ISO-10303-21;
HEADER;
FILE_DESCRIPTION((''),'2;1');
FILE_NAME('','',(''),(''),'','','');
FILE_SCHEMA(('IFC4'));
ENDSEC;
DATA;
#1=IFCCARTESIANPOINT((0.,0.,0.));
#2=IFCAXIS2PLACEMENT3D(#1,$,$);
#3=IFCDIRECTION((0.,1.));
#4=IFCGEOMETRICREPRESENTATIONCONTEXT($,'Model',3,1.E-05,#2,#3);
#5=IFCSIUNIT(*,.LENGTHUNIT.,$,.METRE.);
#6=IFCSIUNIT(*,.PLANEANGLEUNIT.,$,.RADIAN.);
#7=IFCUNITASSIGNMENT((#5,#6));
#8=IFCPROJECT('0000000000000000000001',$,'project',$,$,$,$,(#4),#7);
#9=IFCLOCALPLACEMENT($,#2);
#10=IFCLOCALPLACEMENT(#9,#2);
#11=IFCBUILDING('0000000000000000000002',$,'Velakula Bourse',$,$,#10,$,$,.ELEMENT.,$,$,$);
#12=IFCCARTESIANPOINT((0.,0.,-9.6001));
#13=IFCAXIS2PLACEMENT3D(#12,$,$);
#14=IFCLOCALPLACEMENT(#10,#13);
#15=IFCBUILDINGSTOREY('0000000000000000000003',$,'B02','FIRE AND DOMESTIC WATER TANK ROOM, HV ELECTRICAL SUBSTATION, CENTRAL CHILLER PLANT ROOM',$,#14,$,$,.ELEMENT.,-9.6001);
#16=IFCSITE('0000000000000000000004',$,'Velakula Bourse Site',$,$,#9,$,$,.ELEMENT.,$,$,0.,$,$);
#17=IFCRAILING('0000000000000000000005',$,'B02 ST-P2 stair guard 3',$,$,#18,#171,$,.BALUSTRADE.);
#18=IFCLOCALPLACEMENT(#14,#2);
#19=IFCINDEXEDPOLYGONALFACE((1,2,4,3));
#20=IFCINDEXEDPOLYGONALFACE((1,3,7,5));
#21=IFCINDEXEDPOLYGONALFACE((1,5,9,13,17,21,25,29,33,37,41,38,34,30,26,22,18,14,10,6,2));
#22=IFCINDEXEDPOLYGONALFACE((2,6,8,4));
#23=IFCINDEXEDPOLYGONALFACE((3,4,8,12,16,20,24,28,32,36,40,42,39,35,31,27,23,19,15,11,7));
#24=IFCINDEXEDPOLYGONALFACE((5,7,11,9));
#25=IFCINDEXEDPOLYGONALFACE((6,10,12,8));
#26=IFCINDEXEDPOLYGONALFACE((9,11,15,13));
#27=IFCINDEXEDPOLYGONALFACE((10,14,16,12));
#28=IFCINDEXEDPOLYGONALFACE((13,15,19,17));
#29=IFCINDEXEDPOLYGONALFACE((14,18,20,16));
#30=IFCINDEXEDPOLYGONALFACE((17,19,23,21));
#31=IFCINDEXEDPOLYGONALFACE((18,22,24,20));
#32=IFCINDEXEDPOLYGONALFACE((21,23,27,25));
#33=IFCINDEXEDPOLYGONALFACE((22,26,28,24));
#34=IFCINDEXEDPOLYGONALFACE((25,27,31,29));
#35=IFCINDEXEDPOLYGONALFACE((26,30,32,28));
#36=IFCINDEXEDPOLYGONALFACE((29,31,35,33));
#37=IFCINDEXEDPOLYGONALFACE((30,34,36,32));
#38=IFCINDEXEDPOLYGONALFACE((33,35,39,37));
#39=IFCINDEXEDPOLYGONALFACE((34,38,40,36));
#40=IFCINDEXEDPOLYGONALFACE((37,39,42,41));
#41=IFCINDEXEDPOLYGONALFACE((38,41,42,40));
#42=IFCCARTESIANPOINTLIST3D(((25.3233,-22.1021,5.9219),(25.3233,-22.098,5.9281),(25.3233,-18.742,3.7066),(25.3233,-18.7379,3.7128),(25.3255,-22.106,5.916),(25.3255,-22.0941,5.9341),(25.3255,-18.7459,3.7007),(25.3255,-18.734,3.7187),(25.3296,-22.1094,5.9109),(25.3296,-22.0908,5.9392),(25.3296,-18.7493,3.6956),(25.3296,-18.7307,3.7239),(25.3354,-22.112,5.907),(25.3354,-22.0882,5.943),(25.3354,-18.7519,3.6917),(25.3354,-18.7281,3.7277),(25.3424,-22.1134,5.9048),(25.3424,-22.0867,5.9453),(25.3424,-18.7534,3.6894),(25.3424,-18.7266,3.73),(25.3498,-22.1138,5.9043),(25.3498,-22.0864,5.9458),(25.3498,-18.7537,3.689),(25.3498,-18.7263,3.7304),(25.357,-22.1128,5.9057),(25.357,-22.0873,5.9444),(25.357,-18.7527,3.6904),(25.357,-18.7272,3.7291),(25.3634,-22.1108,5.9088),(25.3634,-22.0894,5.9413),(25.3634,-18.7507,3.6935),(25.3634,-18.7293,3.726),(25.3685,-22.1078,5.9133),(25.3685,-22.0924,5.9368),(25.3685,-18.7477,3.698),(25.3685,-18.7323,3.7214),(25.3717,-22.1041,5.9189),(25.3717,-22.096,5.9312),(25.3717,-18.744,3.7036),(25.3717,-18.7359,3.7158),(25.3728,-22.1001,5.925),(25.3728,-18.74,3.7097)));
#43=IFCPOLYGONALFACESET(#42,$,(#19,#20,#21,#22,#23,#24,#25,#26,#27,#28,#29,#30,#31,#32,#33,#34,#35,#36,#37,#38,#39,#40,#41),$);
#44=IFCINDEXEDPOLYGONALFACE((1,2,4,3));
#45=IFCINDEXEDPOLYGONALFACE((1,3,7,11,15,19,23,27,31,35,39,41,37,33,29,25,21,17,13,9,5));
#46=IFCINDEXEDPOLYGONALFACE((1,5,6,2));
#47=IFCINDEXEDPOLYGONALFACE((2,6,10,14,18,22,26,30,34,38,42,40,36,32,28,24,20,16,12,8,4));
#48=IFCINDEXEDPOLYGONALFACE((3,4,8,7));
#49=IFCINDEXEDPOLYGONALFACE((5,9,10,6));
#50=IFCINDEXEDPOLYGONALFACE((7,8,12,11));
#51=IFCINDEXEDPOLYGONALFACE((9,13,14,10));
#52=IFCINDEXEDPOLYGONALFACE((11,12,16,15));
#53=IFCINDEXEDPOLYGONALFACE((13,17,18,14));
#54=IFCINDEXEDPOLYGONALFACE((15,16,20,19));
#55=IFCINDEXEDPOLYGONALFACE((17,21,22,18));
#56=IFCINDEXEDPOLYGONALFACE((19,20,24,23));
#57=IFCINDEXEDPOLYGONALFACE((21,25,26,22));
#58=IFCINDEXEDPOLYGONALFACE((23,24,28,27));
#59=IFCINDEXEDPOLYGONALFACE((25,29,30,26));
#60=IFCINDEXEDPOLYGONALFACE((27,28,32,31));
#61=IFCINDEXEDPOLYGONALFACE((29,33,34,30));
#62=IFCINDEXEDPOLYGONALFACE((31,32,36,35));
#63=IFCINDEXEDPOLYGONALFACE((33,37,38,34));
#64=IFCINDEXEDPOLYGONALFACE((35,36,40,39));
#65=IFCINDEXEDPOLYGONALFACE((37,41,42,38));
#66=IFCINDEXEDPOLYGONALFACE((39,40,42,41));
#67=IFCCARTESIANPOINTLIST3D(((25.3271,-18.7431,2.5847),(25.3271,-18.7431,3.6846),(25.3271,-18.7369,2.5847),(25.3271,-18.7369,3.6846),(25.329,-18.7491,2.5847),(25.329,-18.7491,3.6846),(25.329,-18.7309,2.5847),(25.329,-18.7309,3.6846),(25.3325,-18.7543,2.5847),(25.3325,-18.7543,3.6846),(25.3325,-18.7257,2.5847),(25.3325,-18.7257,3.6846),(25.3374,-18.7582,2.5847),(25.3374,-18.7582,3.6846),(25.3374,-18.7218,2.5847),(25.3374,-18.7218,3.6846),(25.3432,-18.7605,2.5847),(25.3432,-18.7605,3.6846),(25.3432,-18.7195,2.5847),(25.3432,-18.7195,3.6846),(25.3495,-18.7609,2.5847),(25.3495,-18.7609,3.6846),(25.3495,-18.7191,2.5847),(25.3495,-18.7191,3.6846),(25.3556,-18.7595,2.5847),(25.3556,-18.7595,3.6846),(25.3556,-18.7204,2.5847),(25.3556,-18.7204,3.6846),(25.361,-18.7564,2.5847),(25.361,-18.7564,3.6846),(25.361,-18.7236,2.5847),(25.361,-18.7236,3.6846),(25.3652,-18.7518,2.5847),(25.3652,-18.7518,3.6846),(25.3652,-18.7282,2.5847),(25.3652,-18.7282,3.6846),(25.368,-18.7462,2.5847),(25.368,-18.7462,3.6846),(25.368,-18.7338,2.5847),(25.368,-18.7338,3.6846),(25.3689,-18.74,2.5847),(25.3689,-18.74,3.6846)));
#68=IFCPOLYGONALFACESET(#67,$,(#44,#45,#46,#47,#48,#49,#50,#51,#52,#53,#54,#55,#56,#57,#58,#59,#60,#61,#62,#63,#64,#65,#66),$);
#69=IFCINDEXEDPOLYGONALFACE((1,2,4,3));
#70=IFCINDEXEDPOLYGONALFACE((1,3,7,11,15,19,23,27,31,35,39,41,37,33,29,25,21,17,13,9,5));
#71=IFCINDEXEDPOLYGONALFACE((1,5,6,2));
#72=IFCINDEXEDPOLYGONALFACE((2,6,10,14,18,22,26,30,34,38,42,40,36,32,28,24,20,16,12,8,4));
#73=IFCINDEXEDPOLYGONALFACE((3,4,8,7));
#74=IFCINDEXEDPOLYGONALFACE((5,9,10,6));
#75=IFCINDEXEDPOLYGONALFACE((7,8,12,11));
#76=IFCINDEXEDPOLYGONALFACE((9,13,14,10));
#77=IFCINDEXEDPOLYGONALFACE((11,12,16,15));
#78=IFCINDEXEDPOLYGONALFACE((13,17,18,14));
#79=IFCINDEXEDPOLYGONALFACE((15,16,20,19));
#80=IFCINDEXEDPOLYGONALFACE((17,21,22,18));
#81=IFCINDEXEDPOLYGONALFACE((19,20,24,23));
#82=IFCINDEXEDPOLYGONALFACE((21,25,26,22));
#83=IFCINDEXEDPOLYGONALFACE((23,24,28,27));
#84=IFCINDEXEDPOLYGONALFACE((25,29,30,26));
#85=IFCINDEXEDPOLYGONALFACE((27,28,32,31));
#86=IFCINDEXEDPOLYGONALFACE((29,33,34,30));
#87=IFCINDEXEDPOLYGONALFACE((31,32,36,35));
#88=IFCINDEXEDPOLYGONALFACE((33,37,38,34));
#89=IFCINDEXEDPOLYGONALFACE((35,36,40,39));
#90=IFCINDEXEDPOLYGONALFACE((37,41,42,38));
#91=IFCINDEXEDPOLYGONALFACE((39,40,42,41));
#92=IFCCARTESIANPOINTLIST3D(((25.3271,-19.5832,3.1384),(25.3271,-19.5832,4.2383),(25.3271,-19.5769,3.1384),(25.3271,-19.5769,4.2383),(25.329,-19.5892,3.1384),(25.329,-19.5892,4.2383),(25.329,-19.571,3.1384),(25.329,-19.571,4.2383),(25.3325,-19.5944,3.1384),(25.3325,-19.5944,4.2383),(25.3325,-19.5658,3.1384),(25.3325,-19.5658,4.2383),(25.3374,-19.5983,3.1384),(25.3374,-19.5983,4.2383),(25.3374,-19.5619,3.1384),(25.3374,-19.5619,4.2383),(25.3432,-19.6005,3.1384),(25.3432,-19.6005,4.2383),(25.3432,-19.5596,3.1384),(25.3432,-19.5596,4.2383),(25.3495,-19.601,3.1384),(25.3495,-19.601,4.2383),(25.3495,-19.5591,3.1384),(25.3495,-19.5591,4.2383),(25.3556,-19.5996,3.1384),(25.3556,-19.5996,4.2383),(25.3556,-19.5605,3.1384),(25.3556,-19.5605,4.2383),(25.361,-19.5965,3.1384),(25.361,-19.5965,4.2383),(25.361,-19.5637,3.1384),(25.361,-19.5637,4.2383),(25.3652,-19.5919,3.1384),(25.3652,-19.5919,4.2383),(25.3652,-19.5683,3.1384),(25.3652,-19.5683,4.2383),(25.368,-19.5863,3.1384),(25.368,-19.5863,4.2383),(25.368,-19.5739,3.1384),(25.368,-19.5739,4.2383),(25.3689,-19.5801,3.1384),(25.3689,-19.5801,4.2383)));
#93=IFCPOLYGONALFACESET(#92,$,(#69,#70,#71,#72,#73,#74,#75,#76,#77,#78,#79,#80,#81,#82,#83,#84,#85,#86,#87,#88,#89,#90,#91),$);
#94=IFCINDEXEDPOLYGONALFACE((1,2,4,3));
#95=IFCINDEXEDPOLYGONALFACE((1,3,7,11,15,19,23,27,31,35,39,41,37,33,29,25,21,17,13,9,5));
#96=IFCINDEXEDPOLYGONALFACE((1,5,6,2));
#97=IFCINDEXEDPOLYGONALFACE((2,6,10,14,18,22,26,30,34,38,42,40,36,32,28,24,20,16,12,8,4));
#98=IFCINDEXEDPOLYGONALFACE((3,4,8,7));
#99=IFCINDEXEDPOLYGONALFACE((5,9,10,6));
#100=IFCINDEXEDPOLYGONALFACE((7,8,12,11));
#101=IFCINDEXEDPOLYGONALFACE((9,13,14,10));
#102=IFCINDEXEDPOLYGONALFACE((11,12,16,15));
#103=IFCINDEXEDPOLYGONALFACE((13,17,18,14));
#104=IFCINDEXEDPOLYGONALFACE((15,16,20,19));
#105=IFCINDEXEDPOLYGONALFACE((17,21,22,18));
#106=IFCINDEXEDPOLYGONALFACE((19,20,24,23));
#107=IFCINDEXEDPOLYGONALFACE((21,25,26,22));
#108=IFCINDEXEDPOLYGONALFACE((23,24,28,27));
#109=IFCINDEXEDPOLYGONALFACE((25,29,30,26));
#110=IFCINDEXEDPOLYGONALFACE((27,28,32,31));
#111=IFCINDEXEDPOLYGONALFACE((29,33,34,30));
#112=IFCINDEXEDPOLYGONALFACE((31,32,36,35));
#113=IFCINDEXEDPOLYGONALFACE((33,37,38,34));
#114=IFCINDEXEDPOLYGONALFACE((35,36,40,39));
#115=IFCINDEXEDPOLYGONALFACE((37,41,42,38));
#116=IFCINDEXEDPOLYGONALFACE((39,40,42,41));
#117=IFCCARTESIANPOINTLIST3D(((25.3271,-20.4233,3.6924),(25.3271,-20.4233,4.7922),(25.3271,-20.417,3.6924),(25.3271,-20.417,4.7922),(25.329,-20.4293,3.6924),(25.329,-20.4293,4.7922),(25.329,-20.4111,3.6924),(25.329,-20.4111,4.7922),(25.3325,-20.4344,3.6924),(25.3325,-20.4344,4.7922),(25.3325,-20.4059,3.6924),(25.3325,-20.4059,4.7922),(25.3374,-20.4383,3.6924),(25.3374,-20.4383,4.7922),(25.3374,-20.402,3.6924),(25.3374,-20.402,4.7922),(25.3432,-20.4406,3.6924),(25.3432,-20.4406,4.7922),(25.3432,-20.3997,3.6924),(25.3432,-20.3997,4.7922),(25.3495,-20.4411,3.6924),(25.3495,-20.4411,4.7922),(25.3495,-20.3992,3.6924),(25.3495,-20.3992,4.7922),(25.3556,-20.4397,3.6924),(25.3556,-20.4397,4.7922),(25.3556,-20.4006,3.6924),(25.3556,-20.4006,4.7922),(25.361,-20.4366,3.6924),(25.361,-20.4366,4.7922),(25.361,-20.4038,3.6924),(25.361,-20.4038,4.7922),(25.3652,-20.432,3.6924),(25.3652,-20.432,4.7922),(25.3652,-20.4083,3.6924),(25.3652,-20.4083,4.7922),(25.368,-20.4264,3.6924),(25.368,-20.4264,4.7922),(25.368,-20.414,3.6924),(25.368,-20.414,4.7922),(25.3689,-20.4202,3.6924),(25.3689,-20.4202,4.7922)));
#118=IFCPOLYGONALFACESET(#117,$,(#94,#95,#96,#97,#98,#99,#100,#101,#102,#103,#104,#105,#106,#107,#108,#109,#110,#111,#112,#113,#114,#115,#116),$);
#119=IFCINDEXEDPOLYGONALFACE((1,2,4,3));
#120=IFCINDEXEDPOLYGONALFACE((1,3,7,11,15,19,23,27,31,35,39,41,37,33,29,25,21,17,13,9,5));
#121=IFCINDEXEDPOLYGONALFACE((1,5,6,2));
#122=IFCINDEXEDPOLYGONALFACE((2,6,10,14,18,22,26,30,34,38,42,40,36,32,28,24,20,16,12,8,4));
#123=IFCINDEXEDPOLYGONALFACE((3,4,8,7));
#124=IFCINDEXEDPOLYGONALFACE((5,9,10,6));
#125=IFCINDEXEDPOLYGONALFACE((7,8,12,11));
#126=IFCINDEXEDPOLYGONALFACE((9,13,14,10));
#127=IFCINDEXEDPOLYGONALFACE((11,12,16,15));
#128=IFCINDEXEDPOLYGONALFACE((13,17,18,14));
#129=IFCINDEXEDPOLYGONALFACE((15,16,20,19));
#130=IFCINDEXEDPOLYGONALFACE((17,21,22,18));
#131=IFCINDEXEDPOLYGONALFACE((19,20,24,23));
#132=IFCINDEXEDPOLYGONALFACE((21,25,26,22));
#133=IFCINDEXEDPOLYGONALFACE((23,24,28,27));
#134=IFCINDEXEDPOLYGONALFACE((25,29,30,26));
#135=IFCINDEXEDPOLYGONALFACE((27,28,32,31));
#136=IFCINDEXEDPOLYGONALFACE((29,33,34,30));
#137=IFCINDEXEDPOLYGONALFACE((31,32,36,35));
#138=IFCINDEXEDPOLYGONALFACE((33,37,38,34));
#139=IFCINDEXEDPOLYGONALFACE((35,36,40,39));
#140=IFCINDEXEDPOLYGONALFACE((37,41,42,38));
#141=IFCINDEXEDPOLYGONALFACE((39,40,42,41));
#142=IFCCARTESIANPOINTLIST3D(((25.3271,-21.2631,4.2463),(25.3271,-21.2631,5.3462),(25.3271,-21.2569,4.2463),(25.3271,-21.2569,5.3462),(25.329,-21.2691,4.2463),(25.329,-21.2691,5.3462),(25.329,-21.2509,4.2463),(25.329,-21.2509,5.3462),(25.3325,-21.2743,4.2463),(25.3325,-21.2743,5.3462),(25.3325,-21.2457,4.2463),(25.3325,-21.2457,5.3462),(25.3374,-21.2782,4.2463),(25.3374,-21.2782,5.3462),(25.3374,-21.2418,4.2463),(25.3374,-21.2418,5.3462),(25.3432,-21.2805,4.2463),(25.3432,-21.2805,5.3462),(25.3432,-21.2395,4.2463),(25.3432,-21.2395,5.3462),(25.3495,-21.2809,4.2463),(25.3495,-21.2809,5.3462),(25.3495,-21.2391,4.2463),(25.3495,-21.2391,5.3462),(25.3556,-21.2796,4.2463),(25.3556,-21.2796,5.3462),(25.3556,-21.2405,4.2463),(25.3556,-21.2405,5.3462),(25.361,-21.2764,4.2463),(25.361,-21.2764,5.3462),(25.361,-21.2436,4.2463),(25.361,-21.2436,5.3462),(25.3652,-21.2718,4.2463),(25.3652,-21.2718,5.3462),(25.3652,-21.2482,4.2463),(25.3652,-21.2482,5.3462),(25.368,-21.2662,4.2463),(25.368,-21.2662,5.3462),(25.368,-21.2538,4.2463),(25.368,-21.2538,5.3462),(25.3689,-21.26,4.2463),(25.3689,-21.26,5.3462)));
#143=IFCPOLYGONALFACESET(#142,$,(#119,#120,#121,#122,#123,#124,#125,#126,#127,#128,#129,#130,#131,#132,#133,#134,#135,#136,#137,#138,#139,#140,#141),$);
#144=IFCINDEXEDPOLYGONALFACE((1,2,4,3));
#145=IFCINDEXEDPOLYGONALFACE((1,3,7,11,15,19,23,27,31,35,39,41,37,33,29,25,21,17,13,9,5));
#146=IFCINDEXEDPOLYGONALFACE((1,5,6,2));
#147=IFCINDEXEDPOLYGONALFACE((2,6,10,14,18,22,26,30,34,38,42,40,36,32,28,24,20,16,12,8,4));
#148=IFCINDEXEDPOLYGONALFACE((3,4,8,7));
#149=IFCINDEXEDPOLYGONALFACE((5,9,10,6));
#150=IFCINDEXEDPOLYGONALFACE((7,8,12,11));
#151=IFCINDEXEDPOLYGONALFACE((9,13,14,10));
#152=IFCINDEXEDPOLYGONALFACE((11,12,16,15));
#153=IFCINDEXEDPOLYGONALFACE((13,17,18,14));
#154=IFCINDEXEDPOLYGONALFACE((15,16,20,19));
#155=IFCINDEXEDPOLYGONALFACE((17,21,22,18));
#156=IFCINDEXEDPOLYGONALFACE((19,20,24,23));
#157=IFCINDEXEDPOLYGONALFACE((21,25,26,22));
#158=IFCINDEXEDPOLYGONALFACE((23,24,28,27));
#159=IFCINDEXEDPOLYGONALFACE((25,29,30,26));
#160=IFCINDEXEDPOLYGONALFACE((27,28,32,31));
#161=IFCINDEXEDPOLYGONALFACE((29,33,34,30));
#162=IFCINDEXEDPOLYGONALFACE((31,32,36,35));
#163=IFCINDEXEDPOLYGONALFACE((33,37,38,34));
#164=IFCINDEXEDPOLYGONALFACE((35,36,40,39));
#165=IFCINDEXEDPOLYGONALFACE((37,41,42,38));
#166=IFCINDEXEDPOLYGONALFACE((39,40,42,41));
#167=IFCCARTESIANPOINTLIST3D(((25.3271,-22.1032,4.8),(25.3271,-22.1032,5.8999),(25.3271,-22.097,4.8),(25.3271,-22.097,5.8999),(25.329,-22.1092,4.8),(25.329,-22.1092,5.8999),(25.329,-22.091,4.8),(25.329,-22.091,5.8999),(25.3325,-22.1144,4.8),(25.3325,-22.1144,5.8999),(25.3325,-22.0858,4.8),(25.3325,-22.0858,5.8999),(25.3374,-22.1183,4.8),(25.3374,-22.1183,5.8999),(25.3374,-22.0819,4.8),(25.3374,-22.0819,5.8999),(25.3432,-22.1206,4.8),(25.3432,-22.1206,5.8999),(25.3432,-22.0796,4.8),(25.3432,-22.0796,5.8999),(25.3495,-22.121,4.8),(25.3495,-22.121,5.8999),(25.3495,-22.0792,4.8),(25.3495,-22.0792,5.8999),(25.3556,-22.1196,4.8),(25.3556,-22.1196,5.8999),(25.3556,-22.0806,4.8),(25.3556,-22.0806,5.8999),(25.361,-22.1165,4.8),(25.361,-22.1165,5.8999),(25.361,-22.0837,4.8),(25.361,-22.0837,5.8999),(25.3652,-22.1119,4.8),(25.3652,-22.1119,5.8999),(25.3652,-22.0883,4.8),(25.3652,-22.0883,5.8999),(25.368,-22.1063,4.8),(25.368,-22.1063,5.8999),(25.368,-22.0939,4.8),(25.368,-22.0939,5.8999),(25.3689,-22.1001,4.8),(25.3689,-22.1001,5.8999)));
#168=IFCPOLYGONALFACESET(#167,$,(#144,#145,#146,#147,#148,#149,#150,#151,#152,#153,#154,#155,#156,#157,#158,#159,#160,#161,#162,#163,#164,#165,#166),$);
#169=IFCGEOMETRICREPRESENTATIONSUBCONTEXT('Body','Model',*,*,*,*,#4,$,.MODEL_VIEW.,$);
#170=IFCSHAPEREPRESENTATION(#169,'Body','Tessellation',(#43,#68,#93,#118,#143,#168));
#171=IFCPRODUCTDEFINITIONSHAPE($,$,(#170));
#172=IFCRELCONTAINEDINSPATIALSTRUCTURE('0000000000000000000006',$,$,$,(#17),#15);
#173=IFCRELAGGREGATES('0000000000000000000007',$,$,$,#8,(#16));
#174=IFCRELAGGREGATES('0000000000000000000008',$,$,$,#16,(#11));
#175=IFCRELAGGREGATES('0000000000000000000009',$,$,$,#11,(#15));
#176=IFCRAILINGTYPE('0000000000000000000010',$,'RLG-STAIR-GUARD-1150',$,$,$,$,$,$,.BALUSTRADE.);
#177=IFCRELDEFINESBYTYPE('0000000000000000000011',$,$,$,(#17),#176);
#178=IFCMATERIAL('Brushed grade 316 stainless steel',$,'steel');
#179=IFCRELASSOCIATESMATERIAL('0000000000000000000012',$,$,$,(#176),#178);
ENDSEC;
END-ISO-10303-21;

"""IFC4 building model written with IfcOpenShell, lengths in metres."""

from ifc_helpers import new_model, si_unit, direction, frame, origin, origin_2d, place, context, subcontext, project, spatial, circle, extrude, material, type_object, element, save


model = new_model("IFC4")

# Units and contexts
model_context = context("Model", 3, precision=1e-05, world=origin(), true_north=direction((0.0, 1.0)))
body_context = subcontext(model_context, "Body", "Model", "MODEL_VIEW")
ifc_project = project(units=[si_unit("LENGTHUNIT", "METRE"), si_unit("PLANEANGLEUNIT", "RADIAN")], contexts=[model_context])

# Site, building, storey
site_placement = place(None, origin())
site = spatial("IfcSite", under=ifc_project, at=site_placement, Name="Velakula Bourse Site", CompositionType="ELEMENT", RefElevation=0.0)
building_placement = place(site_placement, origin())
building = spatial("IfcBuilding", under=site, at=building_placement, Name="Velakula Bourse", CompositionType="ELEMENT")
storey_placement = place(building_placement, frame((0.0, 0.0, -9.6001)))
storey = spatial("IfcBuildingStorey", under=building, at=storey_placement, Name="B02", Description="FIRE AND DOMESTIC WATER TANK ROOM, HV ELECTRICAL SUBSTATION, CENTRAL CHILLER PLANT ROOM", CompositionType="ELEMENT", Elevation=-9.6001)

# Railing
ifc_material_1 = material(Name="Brushed grade 316 stainless steel", Category="steel")
railing_type = type_object("IfcRailingType", Name="RLG-STAIR-GUARD-1150", PredefinedType="BALUSTRADE", material=ifc_material_1)
railing_1_placement = place(storey_placement, frame((25.3479, -18.74, 2.5847)))
element("IfcRailing", 1, at=railing_1_placement, inside=storey, type_object=railing_type, Name="B02 ST-P2 stair guard 3", PredefinedType="BALUSTRADE", context=body_context, shape_type="SweptSolid", body=[
    extrude(circle(Radius=0.0249, at=origin_2d()), frame((0.0, 0.0, 1.125), z_axis=(0.0, -0.834876, 0.550437), x_axis=(1.0, 0.0, 0.0)), (0.0, 0.0, 1.0), 4.0247),
    extrude(circle(Radius=0.021, at=origin_2d()), origin(), (0.0, 0.0, 1.0), 1.0999),
    extrude(circle(Radius=0.021, at=origin_2d()), frame((0.0, -0.8401, 0.5537)), (0.0, 0.0, 1.0), 1.0999),
    extrude(circle(Radius=0.021, at=origin_2d()), frame((0.0, -1.6802, 1.1077)), (0.0, 0.0, 1.0), 1.0999),
    extrude(circle(Radius=0.021, at=origin_2d()), frame((0.0, -2.52, 1.6616)), (0.0, 0.0, 1.0), 1.0999),
    extrude(circle(Radius=0.021, at=origin_2d()), frame((0.0, -3.3601, 2.2153)), (0.0, 0.0, 1.0), 1.0999),
])

save(model, "model.ifc")
